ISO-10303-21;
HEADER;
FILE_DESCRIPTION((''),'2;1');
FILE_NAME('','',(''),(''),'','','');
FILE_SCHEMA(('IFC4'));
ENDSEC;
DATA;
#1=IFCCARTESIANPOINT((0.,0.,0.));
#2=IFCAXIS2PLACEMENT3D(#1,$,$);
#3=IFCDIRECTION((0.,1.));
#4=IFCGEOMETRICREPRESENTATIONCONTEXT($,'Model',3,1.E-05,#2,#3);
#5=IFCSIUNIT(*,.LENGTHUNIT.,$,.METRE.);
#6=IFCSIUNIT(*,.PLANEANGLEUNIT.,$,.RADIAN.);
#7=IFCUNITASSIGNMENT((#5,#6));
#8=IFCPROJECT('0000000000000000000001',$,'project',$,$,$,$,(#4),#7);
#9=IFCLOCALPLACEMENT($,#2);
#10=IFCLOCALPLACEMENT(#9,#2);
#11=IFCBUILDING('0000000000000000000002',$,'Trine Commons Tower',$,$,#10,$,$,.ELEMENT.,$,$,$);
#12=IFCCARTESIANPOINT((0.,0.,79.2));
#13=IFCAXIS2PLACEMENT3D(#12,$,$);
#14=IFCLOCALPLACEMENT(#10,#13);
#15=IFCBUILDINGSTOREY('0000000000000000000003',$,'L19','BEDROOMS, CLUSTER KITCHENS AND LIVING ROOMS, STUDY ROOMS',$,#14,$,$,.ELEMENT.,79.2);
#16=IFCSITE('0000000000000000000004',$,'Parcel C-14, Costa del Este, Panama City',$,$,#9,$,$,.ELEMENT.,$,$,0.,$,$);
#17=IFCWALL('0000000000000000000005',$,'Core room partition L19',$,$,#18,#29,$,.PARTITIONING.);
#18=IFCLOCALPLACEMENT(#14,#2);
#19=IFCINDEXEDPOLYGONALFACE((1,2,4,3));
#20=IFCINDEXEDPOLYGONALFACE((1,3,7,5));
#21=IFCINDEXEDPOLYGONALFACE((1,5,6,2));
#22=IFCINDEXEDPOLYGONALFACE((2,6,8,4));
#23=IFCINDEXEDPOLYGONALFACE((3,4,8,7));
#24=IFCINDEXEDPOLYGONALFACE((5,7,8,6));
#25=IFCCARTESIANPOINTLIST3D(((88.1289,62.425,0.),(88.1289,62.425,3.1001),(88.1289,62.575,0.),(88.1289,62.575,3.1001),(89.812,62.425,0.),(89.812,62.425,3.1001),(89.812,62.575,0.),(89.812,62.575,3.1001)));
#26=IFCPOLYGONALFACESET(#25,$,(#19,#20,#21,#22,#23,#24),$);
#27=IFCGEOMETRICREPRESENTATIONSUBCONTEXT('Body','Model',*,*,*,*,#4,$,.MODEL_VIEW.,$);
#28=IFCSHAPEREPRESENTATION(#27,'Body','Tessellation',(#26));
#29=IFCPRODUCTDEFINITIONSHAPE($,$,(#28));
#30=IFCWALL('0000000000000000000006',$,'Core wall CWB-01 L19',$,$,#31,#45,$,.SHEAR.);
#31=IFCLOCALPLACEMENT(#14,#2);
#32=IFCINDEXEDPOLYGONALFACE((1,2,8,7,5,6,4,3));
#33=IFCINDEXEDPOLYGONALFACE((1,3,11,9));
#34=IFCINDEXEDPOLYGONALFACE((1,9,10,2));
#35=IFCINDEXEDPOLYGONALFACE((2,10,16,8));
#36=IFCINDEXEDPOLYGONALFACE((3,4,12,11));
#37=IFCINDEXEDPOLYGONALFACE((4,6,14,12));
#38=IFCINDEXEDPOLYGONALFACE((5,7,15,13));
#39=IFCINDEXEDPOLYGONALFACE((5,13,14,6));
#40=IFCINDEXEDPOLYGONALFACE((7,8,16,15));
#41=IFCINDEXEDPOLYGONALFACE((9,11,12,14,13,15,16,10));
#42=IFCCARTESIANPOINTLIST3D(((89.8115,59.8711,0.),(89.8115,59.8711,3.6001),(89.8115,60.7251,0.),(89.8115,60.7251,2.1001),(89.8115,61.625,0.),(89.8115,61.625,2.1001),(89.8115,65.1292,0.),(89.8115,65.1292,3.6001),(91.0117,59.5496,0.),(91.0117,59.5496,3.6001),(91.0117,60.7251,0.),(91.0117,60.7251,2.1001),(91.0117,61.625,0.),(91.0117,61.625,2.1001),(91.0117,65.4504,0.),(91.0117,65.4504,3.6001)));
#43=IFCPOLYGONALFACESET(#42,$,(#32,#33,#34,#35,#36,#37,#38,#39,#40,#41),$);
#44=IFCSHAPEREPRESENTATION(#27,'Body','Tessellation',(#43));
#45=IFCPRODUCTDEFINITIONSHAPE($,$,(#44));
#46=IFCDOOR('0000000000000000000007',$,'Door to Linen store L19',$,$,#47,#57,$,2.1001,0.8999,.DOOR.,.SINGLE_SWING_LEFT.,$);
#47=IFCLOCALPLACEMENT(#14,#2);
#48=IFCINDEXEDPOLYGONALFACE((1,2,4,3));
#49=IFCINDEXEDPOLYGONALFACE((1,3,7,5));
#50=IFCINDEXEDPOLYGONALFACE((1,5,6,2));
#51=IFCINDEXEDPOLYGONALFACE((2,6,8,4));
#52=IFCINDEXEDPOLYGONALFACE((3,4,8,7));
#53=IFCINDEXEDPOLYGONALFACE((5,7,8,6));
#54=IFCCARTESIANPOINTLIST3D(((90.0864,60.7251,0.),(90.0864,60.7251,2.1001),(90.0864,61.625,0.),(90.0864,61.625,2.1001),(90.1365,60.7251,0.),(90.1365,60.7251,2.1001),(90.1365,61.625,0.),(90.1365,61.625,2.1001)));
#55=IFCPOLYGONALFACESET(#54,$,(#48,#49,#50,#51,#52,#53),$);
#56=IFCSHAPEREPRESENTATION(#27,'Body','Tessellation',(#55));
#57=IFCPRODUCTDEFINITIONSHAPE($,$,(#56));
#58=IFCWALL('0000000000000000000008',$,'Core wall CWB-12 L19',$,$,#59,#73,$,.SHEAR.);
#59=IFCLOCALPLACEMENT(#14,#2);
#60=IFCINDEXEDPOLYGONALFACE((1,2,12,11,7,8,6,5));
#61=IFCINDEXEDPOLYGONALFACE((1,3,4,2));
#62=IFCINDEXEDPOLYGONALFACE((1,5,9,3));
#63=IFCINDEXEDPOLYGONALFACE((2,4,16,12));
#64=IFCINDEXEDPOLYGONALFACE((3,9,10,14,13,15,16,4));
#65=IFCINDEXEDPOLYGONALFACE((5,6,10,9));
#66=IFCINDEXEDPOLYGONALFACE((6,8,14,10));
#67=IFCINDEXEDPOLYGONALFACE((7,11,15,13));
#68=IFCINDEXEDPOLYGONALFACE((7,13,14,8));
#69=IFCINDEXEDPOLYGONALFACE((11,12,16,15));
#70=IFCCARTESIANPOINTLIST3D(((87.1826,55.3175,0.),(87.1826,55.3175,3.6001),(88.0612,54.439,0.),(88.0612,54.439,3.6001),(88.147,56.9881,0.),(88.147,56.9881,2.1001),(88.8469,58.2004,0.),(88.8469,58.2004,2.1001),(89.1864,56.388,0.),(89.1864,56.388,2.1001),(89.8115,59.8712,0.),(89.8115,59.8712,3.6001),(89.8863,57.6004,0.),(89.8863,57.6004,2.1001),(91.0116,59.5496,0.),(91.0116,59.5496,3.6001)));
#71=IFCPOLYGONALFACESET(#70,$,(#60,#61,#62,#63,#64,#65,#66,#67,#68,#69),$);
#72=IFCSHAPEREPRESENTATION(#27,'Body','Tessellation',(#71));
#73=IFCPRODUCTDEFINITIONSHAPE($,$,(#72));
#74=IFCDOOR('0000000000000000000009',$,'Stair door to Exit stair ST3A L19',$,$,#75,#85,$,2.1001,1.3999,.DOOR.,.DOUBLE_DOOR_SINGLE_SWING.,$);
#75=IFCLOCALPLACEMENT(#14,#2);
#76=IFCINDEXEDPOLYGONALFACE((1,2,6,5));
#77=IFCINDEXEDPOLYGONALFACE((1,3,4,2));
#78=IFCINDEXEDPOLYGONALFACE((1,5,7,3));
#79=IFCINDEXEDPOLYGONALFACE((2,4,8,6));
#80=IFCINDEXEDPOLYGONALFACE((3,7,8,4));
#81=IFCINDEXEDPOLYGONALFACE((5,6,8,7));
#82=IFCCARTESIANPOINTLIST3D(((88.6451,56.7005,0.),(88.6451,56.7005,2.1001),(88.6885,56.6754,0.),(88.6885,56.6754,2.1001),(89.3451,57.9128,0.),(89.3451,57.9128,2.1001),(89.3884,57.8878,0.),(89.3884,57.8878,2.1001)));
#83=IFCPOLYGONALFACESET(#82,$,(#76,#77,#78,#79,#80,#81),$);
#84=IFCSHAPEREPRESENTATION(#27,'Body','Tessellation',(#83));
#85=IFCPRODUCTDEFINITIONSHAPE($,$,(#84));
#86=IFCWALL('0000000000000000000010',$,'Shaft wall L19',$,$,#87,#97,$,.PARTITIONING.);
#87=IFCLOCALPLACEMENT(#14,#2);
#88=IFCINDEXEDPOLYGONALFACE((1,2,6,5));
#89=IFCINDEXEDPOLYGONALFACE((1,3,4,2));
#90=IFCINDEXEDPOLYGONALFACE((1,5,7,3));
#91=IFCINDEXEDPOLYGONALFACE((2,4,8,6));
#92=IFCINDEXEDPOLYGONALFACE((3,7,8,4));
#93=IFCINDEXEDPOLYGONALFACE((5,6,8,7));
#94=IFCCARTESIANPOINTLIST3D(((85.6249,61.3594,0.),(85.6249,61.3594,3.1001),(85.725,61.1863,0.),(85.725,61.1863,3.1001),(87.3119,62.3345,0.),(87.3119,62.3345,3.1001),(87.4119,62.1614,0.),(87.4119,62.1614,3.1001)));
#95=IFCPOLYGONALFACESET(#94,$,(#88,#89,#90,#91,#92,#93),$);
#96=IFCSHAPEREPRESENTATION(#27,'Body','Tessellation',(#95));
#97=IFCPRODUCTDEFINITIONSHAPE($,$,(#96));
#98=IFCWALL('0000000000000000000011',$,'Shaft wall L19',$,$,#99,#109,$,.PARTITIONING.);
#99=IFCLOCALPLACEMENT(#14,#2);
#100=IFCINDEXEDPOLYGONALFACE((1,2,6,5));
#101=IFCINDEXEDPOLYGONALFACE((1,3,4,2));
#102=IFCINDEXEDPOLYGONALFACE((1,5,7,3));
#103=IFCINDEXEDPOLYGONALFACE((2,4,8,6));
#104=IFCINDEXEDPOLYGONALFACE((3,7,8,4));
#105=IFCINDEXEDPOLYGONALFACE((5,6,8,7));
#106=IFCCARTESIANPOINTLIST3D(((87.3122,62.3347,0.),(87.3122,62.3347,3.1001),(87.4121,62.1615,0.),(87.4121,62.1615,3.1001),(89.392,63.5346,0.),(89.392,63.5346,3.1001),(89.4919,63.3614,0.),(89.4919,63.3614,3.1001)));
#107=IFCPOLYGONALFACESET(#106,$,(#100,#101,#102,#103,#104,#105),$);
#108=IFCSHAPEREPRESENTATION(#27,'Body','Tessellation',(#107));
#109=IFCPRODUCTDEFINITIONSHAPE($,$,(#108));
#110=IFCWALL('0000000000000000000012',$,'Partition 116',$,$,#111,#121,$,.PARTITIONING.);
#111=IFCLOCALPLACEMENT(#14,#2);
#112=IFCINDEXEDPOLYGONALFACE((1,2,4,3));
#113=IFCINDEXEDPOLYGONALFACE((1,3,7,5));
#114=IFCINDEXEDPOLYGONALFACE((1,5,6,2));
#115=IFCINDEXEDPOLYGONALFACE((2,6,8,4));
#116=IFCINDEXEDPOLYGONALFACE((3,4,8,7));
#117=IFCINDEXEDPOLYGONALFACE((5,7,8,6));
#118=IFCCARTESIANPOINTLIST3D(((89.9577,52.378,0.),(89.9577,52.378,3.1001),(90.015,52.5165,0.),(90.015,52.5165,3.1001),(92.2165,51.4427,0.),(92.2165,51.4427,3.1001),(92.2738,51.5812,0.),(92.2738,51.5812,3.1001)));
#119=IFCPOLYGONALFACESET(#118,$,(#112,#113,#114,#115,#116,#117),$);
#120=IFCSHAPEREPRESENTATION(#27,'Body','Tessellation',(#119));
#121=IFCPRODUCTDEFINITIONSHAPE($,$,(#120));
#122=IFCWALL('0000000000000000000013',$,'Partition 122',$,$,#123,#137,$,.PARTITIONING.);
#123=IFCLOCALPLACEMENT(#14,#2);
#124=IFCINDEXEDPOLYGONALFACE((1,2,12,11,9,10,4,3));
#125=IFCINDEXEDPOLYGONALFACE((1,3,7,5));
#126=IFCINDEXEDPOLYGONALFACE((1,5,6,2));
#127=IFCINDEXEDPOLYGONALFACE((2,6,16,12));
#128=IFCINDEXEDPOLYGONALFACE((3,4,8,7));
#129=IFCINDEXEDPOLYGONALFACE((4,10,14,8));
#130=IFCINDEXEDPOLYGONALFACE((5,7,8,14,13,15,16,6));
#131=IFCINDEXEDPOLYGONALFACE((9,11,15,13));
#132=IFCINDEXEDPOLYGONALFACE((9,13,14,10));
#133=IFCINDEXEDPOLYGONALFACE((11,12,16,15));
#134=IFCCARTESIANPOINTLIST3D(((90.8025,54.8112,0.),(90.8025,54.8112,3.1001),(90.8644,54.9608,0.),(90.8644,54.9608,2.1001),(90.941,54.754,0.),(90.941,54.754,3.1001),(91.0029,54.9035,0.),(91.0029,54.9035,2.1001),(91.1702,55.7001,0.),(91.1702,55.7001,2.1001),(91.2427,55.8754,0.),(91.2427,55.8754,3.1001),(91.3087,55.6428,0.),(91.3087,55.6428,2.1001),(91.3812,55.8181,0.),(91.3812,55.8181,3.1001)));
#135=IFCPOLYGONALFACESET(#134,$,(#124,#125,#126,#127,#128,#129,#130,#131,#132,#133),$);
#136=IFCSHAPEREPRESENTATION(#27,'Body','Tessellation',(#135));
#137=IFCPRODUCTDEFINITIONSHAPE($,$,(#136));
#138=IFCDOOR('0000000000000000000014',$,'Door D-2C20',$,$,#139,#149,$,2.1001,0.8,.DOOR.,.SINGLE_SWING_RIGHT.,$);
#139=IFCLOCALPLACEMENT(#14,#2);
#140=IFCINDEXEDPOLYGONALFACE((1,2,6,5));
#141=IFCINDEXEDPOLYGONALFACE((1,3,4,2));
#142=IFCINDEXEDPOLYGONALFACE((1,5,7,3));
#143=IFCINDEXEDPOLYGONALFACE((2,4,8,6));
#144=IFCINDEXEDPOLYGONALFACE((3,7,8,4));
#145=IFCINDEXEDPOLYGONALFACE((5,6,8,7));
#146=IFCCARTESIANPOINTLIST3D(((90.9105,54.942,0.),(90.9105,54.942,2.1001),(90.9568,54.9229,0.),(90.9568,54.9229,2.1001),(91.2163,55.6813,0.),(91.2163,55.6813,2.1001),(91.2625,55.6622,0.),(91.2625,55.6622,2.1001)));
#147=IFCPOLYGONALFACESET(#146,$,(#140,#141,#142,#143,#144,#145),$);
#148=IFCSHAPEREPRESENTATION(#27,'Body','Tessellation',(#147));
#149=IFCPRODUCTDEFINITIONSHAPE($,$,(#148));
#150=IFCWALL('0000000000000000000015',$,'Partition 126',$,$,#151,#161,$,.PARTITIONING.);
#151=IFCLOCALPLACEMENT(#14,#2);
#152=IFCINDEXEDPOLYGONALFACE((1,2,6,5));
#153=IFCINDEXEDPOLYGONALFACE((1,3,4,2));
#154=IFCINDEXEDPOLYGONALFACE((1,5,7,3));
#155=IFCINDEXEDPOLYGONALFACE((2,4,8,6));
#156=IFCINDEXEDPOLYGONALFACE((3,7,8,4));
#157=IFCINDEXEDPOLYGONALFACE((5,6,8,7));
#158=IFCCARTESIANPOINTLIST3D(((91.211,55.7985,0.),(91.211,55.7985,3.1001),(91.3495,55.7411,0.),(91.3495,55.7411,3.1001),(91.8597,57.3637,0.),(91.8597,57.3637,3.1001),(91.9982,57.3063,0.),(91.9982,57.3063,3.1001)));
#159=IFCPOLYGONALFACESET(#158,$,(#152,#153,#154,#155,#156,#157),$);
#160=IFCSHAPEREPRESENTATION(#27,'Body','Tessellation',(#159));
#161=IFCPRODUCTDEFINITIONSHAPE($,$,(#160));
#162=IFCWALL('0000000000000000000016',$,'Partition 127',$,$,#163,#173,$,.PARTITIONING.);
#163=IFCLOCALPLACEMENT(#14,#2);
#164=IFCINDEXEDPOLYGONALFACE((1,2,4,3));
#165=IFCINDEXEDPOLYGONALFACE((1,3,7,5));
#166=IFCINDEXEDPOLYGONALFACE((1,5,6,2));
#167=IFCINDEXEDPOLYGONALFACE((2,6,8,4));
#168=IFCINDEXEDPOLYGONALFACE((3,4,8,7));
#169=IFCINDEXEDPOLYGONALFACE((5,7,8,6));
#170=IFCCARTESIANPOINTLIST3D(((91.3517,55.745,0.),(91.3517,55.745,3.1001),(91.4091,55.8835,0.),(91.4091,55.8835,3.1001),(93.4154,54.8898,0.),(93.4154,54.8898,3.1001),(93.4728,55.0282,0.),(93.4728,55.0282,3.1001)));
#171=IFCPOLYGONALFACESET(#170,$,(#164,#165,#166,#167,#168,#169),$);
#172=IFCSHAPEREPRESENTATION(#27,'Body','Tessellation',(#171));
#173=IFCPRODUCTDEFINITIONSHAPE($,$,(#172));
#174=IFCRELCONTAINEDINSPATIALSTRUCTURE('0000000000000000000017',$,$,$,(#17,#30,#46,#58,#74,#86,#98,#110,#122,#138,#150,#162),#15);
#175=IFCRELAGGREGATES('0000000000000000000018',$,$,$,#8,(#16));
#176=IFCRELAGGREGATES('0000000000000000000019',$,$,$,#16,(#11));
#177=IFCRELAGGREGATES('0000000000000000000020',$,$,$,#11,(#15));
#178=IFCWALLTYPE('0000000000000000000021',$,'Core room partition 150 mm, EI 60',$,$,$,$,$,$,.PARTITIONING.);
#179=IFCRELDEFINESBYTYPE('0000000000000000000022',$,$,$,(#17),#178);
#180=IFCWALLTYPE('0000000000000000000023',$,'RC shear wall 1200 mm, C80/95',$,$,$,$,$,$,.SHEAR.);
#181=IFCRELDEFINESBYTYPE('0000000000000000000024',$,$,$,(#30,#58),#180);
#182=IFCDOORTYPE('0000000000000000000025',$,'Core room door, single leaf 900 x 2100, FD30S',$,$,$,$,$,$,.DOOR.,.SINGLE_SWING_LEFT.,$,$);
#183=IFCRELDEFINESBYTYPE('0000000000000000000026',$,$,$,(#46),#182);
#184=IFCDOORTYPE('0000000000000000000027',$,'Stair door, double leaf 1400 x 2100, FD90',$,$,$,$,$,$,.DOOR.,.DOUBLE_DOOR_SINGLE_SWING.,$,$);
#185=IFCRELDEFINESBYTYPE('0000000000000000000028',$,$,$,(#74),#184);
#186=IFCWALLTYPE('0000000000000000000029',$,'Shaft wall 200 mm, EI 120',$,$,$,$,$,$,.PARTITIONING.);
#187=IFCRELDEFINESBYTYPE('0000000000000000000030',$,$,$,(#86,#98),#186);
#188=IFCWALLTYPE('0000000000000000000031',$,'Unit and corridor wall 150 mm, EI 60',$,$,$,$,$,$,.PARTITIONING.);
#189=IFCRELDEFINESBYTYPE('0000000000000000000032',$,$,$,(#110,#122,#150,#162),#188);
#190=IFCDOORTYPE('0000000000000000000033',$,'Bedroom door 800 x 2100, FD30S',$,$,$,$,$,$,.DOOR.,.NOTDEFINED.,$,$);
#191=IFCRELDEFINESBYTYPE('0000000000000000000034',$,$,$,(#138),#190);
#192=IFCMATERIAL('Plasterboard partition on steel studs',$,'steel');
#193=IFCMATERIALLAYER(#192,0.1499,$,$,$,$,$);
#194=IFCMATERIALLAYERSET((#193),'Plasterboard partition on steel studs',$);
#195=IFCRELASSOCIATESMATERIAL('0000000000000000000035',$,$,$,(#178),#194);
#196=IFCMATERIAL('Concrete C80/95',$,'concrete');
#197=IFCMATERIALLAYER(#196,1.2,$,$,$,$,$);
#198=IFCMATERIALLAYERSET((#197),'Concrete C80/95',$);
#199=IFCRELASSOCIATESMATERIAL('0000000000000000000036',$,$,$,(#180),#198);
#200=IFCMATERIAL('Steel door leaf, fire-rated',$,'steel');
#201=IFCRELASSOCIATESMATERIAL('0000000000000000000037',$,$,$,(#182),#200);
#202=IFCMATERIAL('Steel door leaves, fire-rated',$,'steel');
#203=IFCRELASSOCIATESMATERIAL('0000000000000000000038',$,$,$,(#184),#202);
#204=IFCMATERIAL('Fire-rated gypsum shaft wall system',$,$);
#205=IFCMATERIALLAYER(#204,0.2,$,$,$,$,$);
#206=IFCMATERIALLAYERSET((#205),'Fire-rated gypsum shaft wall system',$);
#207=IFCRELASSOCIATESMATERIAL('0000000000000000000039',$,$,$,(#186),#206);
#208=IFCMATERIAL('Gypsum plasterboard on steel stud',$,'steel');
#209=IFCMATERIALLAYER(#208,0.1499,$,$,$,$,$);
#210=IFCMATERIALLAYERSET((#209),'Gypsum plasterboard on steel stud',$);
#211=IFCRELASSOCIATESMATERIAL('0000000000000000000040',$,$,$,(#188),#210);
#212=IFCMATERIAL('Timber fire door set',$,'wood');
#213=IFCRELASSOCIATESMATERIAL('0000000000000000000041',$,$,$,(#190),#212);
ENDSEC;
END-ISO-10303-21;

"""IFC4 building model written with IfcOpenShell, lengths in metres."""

from ifc_helpers import new_model, si_unit, direction, frame, frame_2d, origin, place, context, subcontext, project, spatial, polyline, rectangle, outline, extrude, material, layer, layer_set, type_object, element, fill, save


model = new_model("IFC4")

# Units and contexts
model_context = context("Model", 3, precision=1e-05, world=origin(), true_north=direction((0.0, 1.0)))
body_context = subcontext(model_context, "Body", "Model", "MODEL_VIEW")
ifc_project = project(units=[si_unit("LENGTHUNIT", "METRE"), si_unit("PLANEANGLEUNIT", "RADIAN")], contexts=[model_context])

# Site, building, storey
site_placement = place(None, origin())
site = spatial("IfcSite", under=ifc_project, at=site_placement, Name="Parcel C-14, Costa del Este, Panama City", CompositionType="ELEMENT", RefElevation=0.0)
building_placement = place(site_placement, origin())
building = spatial("IfcBuilding", under=site, at=building_placement, Name="Trine Commons Tower", CompositionType="ELEMENT")
storey_placement = place(building_placement, frame((0.0, 0.0, 79.2)))
storey = spatial("IfcBuildingStorey", under=building, at=storey_placement, Name="L19", Description="BEDROOMS, CLUSTER KITCHENS AND LIVING ROOMS, STUDY ROOMS", CompositionType="ELEMENT", Elevation=79.2)

# Wall
ifc_material_1 = material(Name="Plasterboard partition on steel studs", Category="steel")
ifc_layer_1 = layer(ifc_material_1, 0.1499)
ifc_layer_set_1 = layer_set([ifc_layer_1], Name="Plasterboard partition on steel studs")
wall_type_1 = type_object("IfcWallType", Name="Core room partition 150 mm, EI 60", PredefinedType="PARTITIONING", material=ifc_layer_set_1)
wall_1_placement = place(storey_placement, frame((89.812, 62.5, 0.0), z_axis=(0.0, 0.0, 1.0), x_axis=(-1.0, 0.0, 0.0)))
element("IfcWall", 1, at=wall_1_placement, inside=storey, type_object=wall_type_1, Name="Core room partition L19", PredefinedType="PARTITIONING", context=body_context, shape_type="SweptSolid", body=[
    extrude(rectangle(XDim=1.6831, YDim=0.1499, at=frame_2d((0.8416, 0.0))), origin(), (0.0, 0.0, 1.0), 3.1001),
])

# Walls, openings, doors
ifc_material_2 = material(Name="Concrete C80/95", Category="concrete")
ifc_layer_2 = layer(ifc_material_2, 1.2)
ifc_layer_set_2 = layer_set([ifc_layer_2], Name="Concrete C80/95")
wall_type_2 = type_object("IfcWallType", Name="RC shear wall 1200 mm, C80/95", PredefinedType="SHEAR", material=ifc_layer_set_2)
wall_2_placement = place(storey_placement, frame((90.4116, 59.5496, 0.0), z_axis=(0.0, 0.0, 1.0), x_axis=(0.0, 1.0, 0.0)))
wall_2 = element("IfcWall", 2, at=wall_2_placement, inside=storey, type_object=wall_type_2, Name="Core wall CWB-01 L19", PredefinedType="SHEAR", context=body_context, shape_type="SweptSolid", body=[
    extrude(outline(polyline([(0.0, -0.6001), (5.9009, -0.6001), (5.5796, 0.6001), (0.3215, 0.6001), (0.0, -0.6001)])), origin(), (0.0, 0.0, 1.0), 3.6001),
])
opening_1_placement = place(wall_2_placement, frame((1.1755, 0.0, 0.0)))
opening_1 = element("IfcOpeningElement", 3, at=opening_1_placement, cuts=wall_2, PredefinedType="OPENING", context=body_context, shape_type="SweptSolid", body=[
    extrude(rectangle(XDim=0.8999, YDim=2.1001, at=frame_2d((0.45, 1.05))), frame((0.0, 0.6099, 0.0), z_axis=(0.0, -1.0, 0.0), x_axis=(1.0, 0.0, 0.0)), (0.0, 0.0, 1.0), 1.22),
])
ifc_material_3 = material(Name="Steel door leaf, fire-rated", Category="steel")
door_type_1 = type_object("IfcDoorType", Name="Core room door, single leaf 900 x 2100, FD30S", OperationType="SINGLE_SWING_LEFT", PredefinedType="DOOR", material=ifc_material_3)
door_1_placement = place(opening_1_placement, origin())
door_1 = element("IfcDoor", 4, at=door_1_placement, inside=storey, type_object=door_type_1, Name="Door to Linen store L19", OperationType="SINGLE_SWING_LEFT", OverallHeight=2.1001, OverallWidth=0.8999, PredefinedType="DOOR", context=body_context, shape_type="SweptSolid", body=[
    extrude(rectangle(XDim=0.8999, YDim=2.1001, at=frame_2d((0.45, 1.05))), frame((0.0, 0.3252, 0.0), z_axis=(0.0, -1.0, 0.0), x_axis=(1.0, 0.0, 0.0)), (0.0, 0.0, 1.0), 0.05),
])
fill(opening_1, door_1)
wall_3_placement = place(storey_placement, frame((87.5415, 54.739, 0.0), z_axis=(0.0, 0.0, 1.0), x_axis=(0.499979, 0.866037, 0.0)))
wall_3 = element("IfcWall", 5, at=wall_3_placement, inside=storey, type_object=wall_type_2, Name="Core wall CWB-12 L19", PredefinedType="SHEAR", context=body_context, shape_type="SweptSolid", body=[
    extrude(outline(polyline([(0.0, -0.6001), (5.9011, -0.6001), (5.5796, 0.6001), (0.3215, 0.6001), (0.0, -0.6001)])), origin(), (0.0, 0.0, 1.0), 3.6001),
])
opening_2_placement = place(wall_3_placement, frame((2.2505, 0.0, 0.0)))
opening_2 = element("IfcOpeningElement", 6, at=opening_2_placement, cuts=wall_3, PredefinedType="OPENING", context=body_context, shape_type="SweptSolid", body=[
    extrude(rectangle(XDim=1.3999, YDim=2.1001, at=frame_2d((0.7, 1.05))), frame((0.0, 0.6099, 0.0), z_axis=(0.0, -1.0, 0.0), x_axis=(1.0, 0.0, 0.0)), (0.0, 0.0, 1.0), 1.22),
])
ifc_material_4 = material(Name="Steel door leaves, fire-rated", Category="steel")
door_type_2 = type_object("IfcDoorType", Name="Stair door, double leaf 1400 x 2100, FD90", OperationType="DOUBLE_DOOR_SINGLE_SWING", PredefinedType="DOOR", material=ifc_material_4)
door_2_placement = place(opening_2_placement, origin())
door_2 = element("IfcDoor", 7, at=door_2_placement, inside=storey, type_object=door_type_2, Name="Stair door to Exit stair ST3A L19", OperationType="DOUBLE_DOOR_SINGLE_SWING", OverallHeight=2.1001, OverallWidth=1.3999, PredefinedType="DOOR", context=body_context, shape_type="SweptSolid", body=[
    extrude(rectangle(XDim=1.3999, YDim=2.1001, at=frame_2d((0.7, 1.05))), frame((0.0, 0.0249, 0.0), z_axis=(0.0, -1.0, 0.0), x_axis=(1.0, 0.0, 0.0)), (0.0, 0.0, 1.0), 0.05),
])
fill(opening_2, door_2)

# Walls
ifc_material_5 = material(Name="Fire-rated gypsum shaft wall system")
ifc_layer_3 = layer(ifc_material_5, 0.2)
ifc_layer_set_3 = layer_set([ifc_layer_3], Name="Fire-rated gypsum shaft wall system")
wall_type_3 = type_object("IfcWallType", Name="Shaft wall 200 mm, EI 120", PredefinedType="PARTITIONING", material=ifc_layer_set_3)
wall_4_placement = place(storey_placement, frame((85.675, 61.2729, 0.0), z_axis=(0.0, 0.0, 1.0), x_axis=(0.865781, 0.500424, 0.0)))
element("IfcWall", 8, at=wall_4_placement, inside=storey, type_object=wall_type_3, Name="Shaft wall L19", PredefinedType="PARTITIONING", context=body_context, shape_type="SweptSolid", body=[
    extrude(rectangle(XDim=1.9485, YDim=0.2, at=frame_2d((0.9741, 0.0))), origin(), (0.0, 0.0, 1.0), 3.1001),
])
wall_5_placement = place(storey_placement, frame((87.3621, 62.248, 0.0), z_axis=(0.0, 0.0, 1.0), x_axis=(0.866177, 0.499737, 0.0)))
element("IfcWall", 9, at=wall_5_placement, inside=storey, type_object=wall_type_3, Name="Shaft wall L19", PredefinedType="PARTITIONING", context=body_context, shape_type="SweptSolid", body=[
    extrude(rectangle(XDim=2.4011, YDim=0.2, at=frame_2d((1.2007, 0.0))), origin(), (0.0, 0.0, 1.0), 3.1001),
])
ifc_material_6 = material(Name="Gypsum plasterboard on steel stud", Category="steel")
ifc_layer_4 = layer(ifc_material_6, 0.1499)
ifc_layer_set_4 = layer_set([ifc_layer_4], Name="Gypsum plasterboard on steel stud")
wall_type_4 = type_object("IfcWallType", Name="Unit and corridor wall 150 mm, EI 60", PredefinedType="PARTITIONING", material=ifc_layer_set_4)
wall_6_placement = place(storey_placement, frame((89.9863, 52.4473, 0.0), z_axis=(0.0, 0.0, 1.0), x_axis=(0.923926, -0.382572, 0.0)))
element("IfcWall", 10, at=wall_6_placement, inside=storey, type_object=wall_type_4, Name="Partition 116", PredefinedType="PARTITIONING", context=body_context, shape_type="SweptSolid", body=[
    extrude(rectangle(XDim=2.4448, YDim=0.1499, at=frame_2d((1.2224, 0.0))), origin(), (0.0, 0.0, 1.0), 3.1001),
])

# Wall, opening, door
wall_7_placement = place(storey_placement, frame((90.8718, 54.7827, 0.0), z_axis=(0.0, 0.0, 1.0), x_axis=(0.382221, 0.924071, 0.0)))
wall_7 = element("IfcWall", 11, at=wall_7_placement, inside=storey, type_object=wall_type_4, Name="Partition 122", PredefinedType="PARTITIONING", context=body_context, shape_type="SweptSolid", body=[
    extrude(rectangle(XDim=1.1516, YDim=0.1499, at=frame_2d((0.5757, 0.0))), origin(), (0.0, 0.0, 1.0), 3.1001),
])
opening_3_placement = place(wall_7_placement, frame((0.1619, 0.0, 0.0)))
opening_3 = element("IfcOpeningElement", 12, at=opening_3_placement, cuts=wall_7, PredefinedType="OPENING", context=body_context, shape_type="SweptSolid", body=[
    extrude(rectangle(XDim=0.8, YDim=2.1001, at=frame_2d((0.3999, 1.05))), frame((0.0, 0.085, 0.0), z_axis=(0.0, -1.0, 0.0), x_axis=(1.0, 0.0, 0.0)), (0.0, 0.0, 1.0), 0.1699),
])
ifc_material_7 = material(Name="Timber fire door set", Category="wood")
door_type_3 = type_object("IfcDoorType", Name="Bedroom door 800 x 2100, FD30S", OperationType="NOTDEFINED", PredefinedType="DOOR", material=ifc_material_7)
door_3_placement = place(opening_3_placement, frame((0.8, 0.0, 0.0), z_axis=(0.0, 0.0, 1.0), x_axis=(-1.0, 0.0, 0.0)))
door_3 = element("IfcDoor", 13, at=door_3_placement, inside=storey, type_object=door_type_3, Name="Door D-2C20", OperationType="SINGLE_SWING_RIGHT", OverallHeight=2.1001, OverallWidth=0.8, PredefinedType="DOOR", context=body_context, shape_type="SweptSolid", body=[
    extrude(rectangle(XDim=0.8, YDim=2.1001, at=frame_2d((0.3999, 1.05))), frame((0.0, 0.0249, 0.0), z_axis=(0.0, -1.0, 0.0), x_axis=(1.0, 0.0, 0.0)), (0.0, 0.0, 1.0), 0.05),
])
fill(opening_3, door_3)

# Walls
wall_8_placement = place(storey_placement, frame((91.2803, 55.7698, 0.0), z_axis=(0.0, 0.0, 1.0), x_axis=(0.382865, 0.923804, 0.0)))
element("IfcWall", 14, at=wall_8_placement, inside=storey, type_object=wall_type_4, Name="Partition 126", PredefinedType="PARTITIONING", context=body_context, shape_type="SweptSolid", body=[
    extrude(rectangle(XDim=1.6943, YDim=0.1499, at=frame_2d((0.8472, 0.0))), origin(), (0.0, 0.0, 1.0), 3.1001),
])
wall_9_placement = place(storey_placement, frame((91.3804, 55.8142, 0.0), z_axis=(0.0, 0.0, 1.0), x_axis=(0.923816, -0.382838, 0.0)))
element("IfcWall", 15, at=wall_9_placement, inside=storey, type_object=wall_type_4, Name="Partition 127", PredefinedType="PARTITIONING", context=body_context, shape_type="SweptSolid", body=[
    extrude(rectangle(XDim=2.2339, YDim=0.1499, at=frame_2d((1.1169, 0.0))), origin(), (0.0, 0.0, 1.0), 3.1001),
])

save(model, "model.ifc")
